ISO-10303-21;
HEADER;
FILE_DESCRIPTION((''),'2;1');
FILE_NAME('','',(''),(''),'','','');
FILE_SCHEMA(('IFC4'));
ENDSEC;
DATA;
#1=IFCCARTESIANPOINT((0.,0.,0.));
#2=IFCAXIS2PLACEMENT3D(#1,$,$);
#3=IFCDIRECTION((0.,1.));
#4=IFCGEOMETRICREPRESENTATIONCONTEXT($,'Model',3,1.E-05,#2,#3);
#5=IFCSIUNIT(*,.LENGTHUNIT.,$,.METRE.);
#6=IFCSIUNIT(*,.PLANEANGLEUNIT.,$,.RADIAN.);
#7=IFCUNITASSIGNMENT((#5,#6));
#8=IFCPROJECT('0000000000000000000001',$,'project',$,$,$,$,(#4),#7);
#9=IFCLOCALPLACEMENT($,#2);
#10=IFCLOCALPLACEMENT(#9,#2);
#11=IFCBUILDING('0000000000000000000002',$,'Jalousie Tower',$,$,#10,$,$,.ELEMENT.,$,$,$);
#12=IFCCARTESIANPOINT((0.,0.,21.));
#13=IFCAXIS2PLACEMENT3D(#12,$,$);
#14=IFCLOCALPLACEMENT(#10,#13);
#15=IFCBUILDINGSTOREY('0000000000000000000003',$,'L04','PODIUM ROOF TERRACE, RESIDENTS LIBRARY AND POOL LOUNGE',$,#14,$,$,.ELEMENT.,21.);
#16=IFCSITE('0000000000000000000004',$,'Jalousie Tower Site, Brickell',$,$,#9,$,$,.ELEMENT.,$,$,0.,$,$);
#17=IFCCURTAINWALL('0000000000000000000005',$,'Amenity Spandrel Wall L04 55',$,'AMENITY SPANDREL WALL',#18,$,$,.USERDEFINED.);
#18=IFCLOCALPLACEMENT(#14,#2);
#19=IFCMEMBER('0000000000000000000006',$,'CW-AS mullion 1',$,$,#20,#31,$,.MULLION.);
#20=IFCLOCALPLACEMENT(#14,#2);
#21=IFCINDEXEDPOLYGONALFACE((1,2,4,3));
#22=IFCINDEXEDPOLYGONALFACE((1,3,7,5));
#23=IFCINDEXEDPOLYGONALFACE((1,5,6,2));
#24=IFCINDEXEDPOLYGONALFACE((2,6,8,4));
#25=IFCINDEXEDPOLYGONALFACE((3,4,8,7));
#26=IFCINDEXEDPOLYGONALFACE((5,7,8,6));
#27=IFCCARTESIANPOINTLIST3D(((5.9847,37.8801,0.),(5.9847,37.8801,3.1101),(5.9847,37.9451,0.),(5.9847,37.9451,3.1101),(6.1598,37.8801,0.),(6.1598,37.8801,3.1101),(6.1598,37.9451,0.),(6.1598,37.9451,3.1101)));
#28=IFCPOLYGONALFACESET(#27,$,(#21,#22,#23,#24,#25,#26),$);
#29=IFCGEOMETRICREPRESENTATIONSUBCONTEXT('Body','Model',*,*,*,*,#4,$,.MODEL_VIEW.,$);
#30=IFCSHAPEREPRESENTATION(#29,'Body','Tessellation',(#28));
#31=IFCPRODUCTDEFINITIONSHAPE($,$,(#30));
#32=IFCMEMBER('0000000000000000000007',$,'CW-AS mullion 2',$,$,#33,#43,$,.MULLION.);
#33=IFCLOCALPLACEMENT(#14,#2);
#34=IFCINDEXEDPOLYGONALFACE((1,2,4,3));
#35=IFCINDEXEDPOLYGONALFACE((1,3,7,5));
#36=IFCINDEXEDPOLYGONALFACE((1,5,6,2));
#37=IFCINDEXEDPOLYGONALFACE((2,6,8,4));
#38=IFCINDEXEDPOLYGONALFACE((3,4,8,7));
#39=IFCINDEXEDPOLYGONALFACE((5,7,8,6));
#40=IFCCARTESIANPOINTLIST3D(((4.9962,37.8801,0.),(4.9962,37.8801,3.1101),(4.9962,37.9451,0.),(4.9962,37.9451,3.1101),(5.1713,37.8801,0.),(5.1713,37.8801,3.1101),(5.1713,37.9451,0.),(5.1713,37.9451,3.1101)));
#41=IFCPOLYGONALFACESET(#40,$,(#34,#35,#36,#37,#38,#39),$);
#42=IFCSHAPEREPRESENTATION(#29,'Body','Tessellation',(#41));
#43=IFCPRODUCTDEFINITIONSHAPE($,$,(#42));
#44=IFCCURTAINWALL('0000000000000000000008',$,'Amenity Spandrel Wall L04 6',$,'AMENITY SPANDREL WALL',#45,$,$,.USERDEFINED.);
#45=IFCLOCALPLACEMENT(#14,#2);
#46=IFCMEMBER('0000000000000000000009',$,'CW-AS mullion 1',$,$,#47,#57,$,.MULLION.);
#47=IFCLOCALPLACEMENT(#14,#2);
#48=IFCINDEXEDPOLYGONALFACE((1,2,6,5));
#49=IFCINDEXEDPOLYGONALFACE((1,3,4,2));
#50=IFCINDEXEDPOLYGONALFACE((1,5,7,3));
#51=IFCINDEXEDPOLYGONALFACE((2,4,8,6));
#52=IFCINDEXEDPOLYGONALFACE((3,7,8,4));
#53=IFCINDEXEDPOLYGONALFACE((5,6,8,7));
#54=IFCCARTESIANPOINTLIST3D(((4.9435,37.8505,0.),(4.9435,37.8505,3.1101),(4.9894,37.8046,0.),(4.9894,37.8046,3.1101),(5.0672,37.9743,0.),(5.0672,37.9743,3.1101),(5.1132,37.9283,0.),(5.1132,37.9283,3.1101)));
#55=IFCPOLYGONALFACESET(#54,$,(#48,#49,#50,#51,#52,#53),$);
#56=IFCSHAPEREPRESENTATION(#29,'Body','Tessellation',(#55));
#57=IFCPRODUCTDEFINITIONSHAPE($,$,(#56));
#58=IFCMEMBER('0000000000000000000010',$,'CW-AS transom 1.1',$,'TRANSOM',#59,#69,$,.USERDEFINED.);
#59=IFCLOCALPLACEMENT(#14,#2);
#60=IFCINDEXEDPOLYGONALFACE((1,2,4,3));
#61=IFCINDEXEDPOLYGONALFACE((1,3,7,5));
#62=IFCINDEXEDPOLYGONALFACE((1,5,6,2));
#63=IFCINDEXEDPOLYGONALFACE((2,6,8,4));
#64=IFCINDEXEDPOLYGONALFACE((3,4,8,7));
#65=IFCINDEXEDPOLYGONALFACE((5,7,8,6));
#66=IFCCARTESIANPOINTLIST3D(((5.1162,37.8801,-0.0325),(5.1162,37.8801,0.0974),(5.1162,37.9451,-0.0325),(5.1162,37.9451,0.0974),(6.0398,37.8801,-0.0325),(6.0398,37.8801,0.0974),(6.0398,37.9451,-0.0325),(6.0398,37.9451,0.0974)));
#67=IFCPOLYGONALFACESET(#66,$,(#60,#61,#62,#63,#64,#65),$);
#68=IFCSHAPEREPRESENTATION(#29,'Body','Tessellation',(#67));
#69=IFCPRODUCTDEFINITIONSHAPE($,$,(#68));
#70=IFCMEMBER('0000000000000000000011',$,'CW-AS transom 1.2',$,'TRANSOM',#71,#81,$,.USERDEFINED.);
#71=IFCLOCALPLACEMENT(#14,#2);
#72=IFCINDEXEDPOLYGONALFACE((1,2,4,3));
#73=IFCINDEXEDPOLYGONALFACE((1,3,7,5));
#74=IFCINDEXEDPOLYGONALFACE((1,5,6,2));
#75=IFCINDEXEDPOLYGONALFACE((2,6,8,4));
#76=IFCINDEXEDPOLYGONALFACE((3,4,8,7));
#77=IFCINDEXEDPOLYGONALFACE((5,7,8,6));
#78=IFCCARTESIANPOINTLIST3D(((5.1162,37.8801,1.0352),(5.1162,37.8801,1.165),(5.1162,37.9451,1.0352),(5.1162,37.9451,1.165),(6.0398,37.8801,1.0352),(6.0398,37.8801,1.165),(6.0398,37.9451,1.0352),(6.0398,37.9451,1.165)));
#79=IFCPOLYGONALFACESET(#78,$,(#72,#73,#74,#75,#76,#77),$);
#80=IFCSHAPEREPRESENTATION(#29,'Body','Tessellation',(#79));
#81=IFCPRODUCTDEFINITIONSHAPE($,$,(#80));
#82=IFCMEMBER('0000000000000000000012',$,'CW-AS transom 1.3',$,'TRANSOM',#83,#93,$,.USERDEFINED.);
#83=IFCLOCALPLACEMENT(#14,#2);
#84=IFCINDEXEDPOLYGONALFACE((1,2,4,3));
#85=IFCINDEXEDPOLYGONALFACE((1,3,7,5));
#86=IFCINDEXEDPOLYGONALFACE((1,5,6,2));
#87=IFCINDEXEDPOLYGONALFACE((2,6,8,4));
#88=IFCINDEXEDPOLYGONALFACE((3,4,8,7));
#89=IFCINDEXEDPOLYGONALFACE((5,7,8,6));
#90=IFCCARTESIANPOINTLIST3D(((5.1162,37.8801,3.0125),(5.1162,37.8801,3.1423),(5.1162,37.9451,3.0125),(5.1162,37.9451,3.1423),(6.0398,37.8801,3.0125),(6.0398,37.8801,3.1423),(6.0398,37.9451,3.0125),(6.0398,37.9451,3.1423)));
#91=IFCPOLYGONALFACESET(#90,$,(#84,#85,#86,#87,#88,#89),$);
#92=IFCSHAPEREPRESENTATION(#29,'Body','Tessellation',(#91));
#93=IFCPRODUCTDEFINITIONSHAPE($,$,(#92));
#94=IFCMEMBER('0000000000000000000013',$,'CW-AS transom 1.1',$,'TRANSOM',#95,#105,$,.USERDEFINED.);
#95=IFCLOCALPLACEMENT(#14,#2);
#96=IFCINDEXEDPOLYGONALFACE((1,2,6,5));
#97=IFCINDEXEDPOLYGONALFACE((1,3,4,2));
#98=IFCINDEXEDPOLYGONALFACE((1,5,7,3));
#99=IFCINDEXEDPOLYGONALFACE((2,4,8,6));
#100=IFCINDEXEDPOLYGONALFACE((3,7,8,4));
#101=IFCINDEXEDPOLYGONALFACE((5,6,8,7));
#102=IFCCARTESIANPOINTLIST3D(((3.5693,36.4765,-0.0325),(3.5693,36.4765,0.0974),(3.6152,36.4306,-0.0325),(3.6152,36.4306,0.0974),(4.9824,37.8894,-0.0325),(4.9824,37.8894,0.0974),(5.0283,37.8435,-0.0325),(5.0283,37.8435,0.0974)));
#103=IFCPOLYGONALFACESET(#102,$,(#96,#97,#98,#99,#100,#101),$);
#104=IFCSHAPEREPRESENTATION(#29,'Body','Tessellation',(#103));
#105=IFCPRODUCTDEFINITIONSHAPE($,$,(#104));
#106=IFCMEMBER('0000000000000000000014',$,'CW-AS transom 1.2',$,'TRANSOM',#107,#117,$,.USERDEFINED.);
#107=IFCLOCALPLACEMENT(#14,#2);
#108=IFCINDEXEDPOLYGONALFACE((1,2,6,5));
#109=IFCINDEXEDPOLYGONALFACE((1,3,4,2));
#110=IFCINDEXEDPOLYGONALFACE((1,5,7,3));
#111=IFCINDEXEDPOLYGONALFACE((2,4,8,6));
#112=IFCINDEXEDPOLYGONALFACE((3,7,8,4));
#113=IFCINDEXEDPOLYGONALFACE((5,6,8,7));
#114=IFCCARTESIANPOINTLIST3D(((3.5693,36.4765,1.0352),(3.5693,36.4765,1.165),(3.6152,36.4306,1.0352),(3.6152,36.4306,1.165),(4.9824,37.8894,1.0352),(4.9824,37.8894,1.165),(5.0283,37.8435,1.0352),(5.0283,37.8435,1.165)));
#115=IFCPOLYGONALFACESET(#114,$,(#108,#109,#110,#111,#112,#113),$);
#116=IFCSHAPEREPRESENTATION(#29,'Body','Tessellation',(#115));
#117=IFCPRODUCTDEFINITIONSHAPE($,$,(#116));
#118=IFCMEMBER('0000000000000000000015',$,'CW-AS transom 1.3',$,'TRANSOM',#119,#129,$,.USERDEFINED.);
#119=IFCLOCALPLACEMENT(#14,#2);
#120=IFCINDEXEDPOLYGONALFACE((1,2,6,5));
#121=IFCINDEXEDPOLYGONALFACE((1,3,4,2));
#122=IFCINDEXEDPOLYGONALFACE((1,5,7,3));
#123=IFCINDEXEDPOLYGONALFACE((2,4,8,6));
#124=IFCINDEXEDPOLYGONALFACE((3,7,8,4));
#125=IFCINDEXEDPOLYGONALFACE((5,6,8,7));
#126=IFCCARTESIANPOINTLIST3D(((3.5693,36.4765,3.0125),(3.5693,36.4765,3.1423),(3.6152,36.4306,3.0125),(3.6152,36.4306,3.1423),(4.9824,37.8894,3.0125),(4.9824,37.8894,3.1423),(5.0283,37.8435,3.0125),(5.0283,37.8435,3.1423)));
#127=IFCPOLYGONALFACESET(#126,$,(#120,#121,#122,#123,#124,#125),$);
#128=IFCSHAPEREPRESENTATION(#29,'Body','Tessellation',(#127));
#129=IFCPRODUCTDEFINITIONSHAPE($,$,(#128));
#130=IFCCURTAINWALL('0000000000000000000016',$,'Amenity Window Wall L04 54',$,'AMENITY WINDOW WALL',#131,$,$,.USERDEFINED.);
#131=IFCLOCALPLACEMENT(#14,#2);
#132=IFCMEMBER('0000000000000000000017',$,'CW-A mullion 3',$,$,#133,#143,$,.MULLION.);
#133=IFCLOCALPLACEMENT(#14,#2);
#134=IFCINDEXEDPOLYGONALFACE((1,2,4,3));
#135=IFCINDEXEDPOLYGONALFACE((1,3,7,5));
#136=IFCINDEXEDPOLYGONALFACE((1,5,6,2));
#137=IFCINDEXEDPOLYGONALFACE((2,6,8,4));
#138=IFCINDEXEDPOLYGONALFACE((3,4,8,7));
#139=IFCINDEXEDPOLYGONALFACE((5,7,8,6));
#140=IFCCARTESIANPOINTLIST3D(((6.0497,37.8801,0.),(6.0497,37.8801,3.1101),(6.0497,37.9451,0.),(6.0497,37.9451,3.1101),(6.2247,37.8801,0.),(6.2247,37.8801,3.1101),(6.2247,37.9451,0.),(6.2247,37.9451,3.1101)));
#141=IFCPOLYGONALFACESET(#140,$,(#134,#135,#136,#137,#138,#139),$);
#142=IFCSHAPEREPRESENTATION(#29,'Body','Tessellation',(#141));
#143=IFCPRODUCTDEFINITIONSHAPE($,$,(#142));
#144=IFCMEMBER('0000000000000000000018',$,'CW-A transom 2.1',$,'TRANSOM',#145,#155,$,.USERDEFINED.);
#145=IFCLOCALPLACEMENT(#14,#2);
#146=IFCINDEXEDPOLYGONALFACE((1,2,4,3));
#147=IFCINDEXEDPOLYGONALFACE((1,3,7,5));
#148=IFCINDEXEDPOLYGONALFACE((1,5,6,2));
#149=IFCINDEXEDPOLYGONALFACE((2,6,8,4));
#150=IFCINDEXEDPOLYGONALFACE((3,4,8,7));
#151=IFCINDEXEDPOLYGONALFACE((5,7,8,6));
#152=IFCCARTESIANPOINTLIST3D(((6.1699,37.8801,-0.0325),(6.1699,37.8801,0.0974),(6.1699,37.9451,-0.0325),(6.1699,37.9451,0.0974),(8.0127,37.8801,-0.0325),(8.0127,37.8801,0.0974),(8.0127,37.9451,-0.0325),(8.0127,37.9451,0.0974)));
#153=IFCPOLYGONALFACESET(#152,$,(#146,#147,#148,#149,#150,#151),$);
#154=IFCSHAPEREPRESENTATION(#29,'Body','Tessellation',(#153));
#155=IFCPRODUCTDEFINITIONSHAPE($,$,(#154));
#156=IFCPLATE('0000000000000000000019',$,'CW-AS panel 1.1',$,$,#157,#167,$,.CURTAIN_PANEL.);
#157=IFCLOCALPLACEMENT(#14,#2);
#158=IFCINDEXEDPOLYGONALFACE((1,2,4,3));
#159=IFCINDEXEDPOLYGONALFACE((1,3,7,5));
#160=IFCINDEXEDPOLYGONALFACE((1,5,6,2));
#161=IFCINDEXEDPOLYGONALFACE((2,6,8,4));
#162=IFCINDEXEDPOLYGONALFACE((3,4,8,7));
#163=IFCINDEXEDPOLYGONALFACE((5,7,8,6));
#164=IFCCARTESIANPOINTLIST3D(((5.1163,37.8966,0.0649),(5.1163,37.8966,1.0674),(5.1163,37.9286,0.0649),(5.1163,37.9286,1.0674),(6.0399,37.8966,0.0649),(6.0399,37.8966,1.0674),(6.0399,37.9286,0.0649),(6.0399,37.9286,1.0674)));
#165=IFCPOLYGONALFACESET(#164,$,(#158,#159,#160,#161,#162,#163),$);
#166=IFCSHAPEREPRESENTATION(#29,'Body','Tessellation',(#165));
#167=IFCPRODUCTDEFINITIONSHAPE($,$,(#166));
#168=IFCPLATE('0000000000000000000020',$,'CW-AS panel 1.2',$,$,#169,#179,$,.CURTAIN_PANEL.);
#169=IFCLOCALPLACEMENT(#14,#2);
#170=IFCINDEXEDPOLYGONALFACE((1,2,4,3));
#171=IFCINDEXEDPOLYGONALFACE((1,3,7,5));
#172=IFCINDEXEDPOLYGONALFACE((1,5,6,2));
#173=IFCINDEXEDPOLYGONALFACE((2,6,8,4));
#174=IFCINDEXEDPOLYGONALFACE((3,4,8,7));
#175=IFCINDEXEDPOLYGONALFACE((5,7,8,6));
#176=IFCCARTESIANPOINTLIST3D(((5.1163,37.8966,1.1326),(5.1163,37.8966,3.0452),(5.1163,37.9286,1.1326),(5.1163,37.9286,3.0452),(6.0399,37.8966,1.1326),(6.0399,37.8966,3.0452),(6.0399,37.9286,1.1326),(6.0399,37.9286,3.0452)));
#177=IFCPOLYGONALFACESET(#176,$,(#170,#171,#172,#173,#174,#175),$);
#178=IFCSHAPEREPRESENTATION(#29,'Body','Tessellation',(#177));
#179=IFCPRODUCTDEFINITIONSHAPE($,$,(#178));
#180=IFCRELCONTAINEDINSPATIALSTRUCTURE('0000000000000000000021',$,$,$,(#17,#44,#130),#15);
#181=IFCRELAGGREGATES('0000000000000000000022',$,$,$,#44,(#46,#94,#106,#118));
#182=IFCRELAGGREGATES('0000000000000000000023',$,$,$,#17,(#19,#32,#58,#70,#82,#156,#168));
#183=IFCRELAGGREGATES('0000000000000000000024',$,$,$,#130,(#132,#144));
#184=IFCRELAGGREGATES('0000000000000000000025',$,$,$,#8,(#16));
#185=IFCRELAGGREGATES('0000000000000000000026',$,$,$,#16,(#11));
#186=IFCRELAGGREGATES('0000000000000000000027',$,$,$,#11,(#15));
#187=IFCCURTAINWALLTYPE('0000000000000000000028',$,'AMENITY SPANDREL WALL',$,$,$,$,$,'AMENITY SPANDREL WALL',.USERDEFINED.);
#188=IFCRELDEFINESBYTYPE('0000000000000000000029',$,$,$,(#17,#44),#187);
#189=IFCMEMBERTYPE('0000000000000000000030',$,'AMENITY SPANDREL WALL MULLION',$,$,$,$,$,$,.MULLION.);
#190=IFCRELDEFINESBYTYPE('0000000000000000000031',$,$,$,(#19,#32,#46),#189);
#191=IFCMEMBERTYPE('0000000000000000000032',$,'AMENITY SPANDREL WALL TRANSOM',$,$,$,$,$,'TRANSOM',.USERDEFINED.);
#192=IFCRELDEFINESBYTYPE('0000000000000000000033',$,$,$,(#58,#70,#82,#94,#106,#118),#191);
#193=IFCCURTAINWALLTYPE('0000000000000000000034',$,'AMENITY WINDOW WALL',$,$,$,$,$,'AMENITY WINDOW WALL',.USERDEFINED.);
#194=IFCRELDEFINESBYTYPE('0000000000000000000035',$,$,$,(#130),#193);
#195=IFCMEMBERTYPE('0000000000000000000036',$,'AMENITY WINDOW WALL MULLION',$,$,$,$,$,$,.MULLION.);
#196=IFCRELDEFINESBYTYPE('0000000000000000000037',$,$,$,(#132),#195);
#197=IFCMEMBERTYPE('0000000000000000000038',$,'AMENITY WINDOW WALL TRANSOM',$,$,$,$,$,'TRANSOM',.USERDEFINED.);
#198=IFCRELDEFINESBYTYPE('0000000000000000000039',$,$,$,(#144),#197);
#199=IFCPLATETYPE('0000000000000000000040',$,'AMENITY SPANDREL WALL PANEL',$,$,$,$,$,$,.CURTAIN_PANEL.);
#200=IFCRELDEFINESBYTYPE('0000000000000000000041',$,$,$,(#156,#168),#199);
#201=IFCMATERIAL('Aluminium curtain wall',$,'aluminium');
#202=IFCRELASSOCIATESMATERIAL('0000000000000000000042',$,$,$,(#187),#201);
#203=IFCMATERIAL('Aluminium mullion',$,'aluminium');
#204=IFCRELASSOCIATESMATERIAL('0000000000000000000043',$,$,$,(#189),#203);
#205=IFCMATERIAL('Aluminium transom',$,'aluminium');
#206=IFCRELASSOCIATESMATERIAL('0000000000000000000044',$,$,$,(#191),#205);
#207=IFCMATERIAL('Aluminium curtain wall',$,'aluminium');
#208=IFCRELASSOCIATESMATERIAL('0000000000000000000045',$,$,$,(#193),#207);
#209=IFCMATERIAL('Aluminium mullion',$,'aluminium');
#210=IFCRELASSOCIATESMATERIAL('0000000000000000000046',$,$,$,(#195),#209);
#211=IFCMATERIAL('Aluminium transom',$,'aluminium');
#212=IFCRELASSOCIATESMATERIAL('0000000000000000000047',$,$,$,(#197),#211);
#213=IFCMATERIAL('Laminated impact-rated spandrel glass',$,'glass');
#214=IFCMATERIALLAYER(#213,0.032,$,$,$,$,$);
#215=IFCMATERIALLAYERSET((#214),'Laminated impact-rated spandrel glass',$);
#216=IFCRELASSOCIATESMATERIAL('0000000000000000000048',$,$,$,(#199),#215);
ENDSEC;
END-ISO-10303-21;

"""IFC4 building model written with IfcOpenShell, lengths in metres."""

from ifc_helpers import new_model, si_unit, direction, frame, origin, origin_2d, place, context, subcontext, project, spatial, rectangle, extrude, material, layer, layer_set, material_profile, profile_set, type_object, element, aggregate, save


model = new_model("IFC4")

# Units and contexts
model_context = context("Model", 3, precision=1e-05, world=origin(), true_north=direction((0.0, 1.0)))
body_context = subcontext(model_context, "Body", "Model", "MODEL_VIEW")
ifc_project = project(units=[si_unit("LENGTHUNIT", "METRE"), si_unit("PLANEANGLEUNIT", "RADIAN")], contexts=[model_context])

# Site, building, storey
site_placement = place(None, origin())
site = spatial("IfcSite", under=ifc_project, at=site_placement, Name="Jalousie Tower Site, Brickell", CompositionType="ELEMENT", RefElevation=0.0)
building_placement = place(site_placement, origin())
building = spatial("IfcBuilding", under=site, at=building_placement, Name="Jalousie Tower", CompositionType="ELEMENT")
storey_placement = place(building_placement, frame((0.0, 0.0, 21.0)))
storey = spatial("IfcBuildingStorey", under=building, at=storey_placement, Name="L04", Description="PODIUM ROOF TERRACE, RESIDENTS LIBRARY AND POOL LOUNGE", CompositionType="ELEMENT", Elevation=21.0)

# Curtain wall, members
ifc_material_1 = material(Name="Aluminium curtain wall", Category="aluminium")
curtain_wall_type_1 = type_object("IfcCurtainWallType", Name="AMENITY SPANDREL WALL", ElementType="AMENITY SPANDREL WALL", PredefinedType="USERDEFINED", material=ifc_material_1)
curtain_wall_1_placement = place(storey_placement, origin())
curtain_wall_1 = element("IfcCurtainWall", 1, at=curtain_wall_1_placement, inside=storey, type_object=curtain_wall_type_1, Name="Amenity Spandrel Wall L04 55", ObjectType="AMENITY SPANDREL WALL", PredefinedType="USERDEFINED")
ifc_material_2 = material(Name="Aluminium mullion", Category="aluminium")
ifc_material_profile_1 = material_profile(ifc_material_2, rectangle(XDim=0.0649, YDim=0.175, at=origin_2d()), Name="MULLION 65x175")
ifc_profile_set_1 = profile_set([ifc_material_profile_1], Name="Aluminium mullion")
member_type_1 = type_object("IfcMemberType", Name="AMENITY SPANDREL WALL MULLION", PredefinedType="MULLION", material=ifc_profile_set_1)
member_1_placement = place(storey_placement, frame((6.0723, 37.9126, 0.0), z_axis=(0.0, 0.0, 1.0), x_axis=(0.0, -1.0, 0.0)))
member_1 = element("IfcMember", 2, at=member_1_placement, type_object=member_type_1, Name="CW-AS mullion 1", PredefinedType="MULLION", context=body_context, shape_type="SweptSolid", body=[
    extrude(rectangle(XDim=0.0649, YDim=0.175, at=origin_2d()), origin(), (0.0, 0.0, 1.0), 3.1101),
])
member_2_placement = place(storey_placement, frame((5.0837, 37.9126, 0.0), z_axis=(0.0, 0.0, 1.0), x_axis=(0.0, -1.0, 0.0)))
member_2 = element("IfcMember", 3, at=member_2_placement, type_object=member_type_1, Name="CW-AS mullion 2", PredefinedType="MULLION", context=body_context, shape_type="SweptSolid", body=[
    extrude(rectangle(XDim=0.0649, YDim=0.175, at=origin_2d()), origin(), (0.0, 0.0, 1.0), 3.1101),
])

# Curtain wall, member
curtain_wall_2_placement = place(storey_placement, origin())
curtain_wall_2 = element("IfcCurtainWall", 4, at=curtain_wall_2_placement, inside=storey, type_object=curtain_wall_type_1, Name="Amenity Spandrel Wall L04 6", ObjectType="AMENITY SPANDREL WALL", PredefinedType="USERDEFINED")
member_3_placement = place(storey_placement, frame((5.0283, 37.8894, 0.0), z_axis=(0.0, 0.0, 1.0), x_axis=(0.707107, -0.707107, 0.0)))
member_3 = element("IfcMember", 5, at=member_3_placement, type_object=member_type_1, Name="CW-AS mullion 1", PredefinedType="MULLION", context=body_context, shape_type="SweptSolid", body=[
    extrude(rectangle(XDim=0.0649, YDim=0.175, at=origin_2d()), origin(), (0.0, 0.0, 1.0), 3.1101),
])

# Members
ifc_material_3 = material(Name="Aluminium transom", Category="aluminium")
ifc_material_profile_2 = material_profile(ifc_material_3, rectangle(XDim=0.0649, YDim=0.1299, at=origin_2d()), Name="TRANSOM 65x130")
ifc_profile_set_2 = profile_set([ifc_material_profile_2], Name="Aluminium transom")
member_type_2 = type_object("IfcMemberType", Name="AMENITY SPANDREL WALL TRANSOM", ElementType="TRANSOM", PredefinedType="USERDEFINED", material=ifc_profile_set_2)
member_4_placement = place(storey_placement, frame((6.0398, 37.9126, 0.0325), z_axis=(-1.0, 0.0, 0.0), x_axis=(0.0, -1.0, 0.0)))
member_4 = element("IfcMember", 6, at=member_4_placement, type_object=member_type_2, Name="CW-AS transom 1.1", ObjectType="TRANSOM", PredefinedType="USERDEFINED", context=body_context, shape_type="SweptSolid", body=[
    extrude(rectangle(XDim=0.0649, YDim=0.1299, at=origin_2d()), origin(), (0.0, 0.0, 1.0), 0.9236),
])
member_5_placement = place(storey_placement, frame((6.0398, 37.9126, 1.1001), z_axis=(-1.0, 0.0, 0.0), x_axis=(0.0, -1.0, 0.0)))
member_5 = element("IfcMember", 7, at=member_5_placement, type_object=member_type_2, Name="CW-AS transom 1.2", ObjectType="TRANSOM", PredefinedType="USERDEFINED", context=body_context, shape_type="SweptSolid", body=[
    extrude(rectangle(XDim=0.0649, YDim=0.1299, at=origin_2d()), origin(), (0.0, 0.0, 1.0), 0.9236),
])
member_6_placement = place(storey_placement, frame((6.0398, 37.9126, 3.0774), z_axis=(-1.0, 0.0, 0.0), x_axis=(0.0, -1.0, 0.0)))
member_6 = element("IfcMember", 8, at=member_6_placement, type_object=member_type_2, Name="CW-AS transom 1.3", ObjectType="TRANSOM", PredefinedType="USERDEFINED", context=body_context, shape_type="SweptSolid", body=[
    extrude(rectangle(XDim=0.0649, YDim=0.1299, at=origin_2d()), origin(), (0.0, 0.0, 1.0), 0.9236),
])
member_7_placement = place(storey_placement, frame((5.0054, 37.8665, 0.0325), z_axis=(-0.707168, -0.707046, 0.0), x_axis=(0.707046, -0.707168, 0.0)))
member_7 = element("IfcMember", 9, at=member_7_placement, type_object=member_type_2, Name="CW-AS transom 1.1", ObjectType="TRANSOM", PredefinedType="USERDEFINED", context=body_context, shape_type="SweptSolid", body=[
    extrude(rectangle(XDim=0.0649, YDim=0.1299, at=origin_2d()), origin(), (0.0, 0.0, 1.0), 1.9983),
])
member_8_placement = place(storey_placement, frame((5.0054, 37.8665, 1.1001), z_axis=(-0.707168, -0.707046, 0.0), x_axis=(0.707046, -0.707168, 0.0)))
member_8 = element("IfcMember", 10, at=member_8_placement, type_object=member_type_2, Name="CW-AS transom 1.2", ObjectType="TRANSOM", PredefinedType="USERDEFINED", context=body_context, shape_type="SweptSolid", body=[
    extrude(rectangle(XDim=0.0649, YDim=0.1299, at=origin_2d()), origin(), (0.0, 0.0, 1.0), 1.9983),
])
member_9_placement = place(storey_placement, frame((5.0054, 37.8665, 3.0774), z_axis=(-0.707168, -0.707046, 0.0), x_axis=(0.707046, -0.707168, 0.0)))
member_9 = element("IfcMember", 11, at=member_9_placement, type_object=member_type_2, Name="CW-AS transom 1.3", ObjectType="TRANSOM", PredefinedType="USERDEFINED", context=body_context, shape_type="SweptSolid", body=[
    extrude(rectangle(XDim=0.0649, YDim=0.1299, at=origin_2d()), origin(), (0.0, 0.0, 1.0), 1.9983),
])
aggregate(curtain_wall_2, [member_3, member_7, member_8, member_9])

# Curtain wall, members
ifc_material_4 = material(Name="Aluminium curtain wall", Category="aluminium")
curtain_wall_type_2 = type_object("IfcCurtainWallType", Name="AMENITY WINDOW WALL", ElementType="AMENITY WINDOW WALL", PredefinedType="USERDEFINED", material=ifc_material_4)
curtain_wall_3_placement = place(storey_placement, origin())
curtain_wall_3 = element("IfcCurtainWall", 12, at=curtain_wall_3_placement, inside=storey, type_object=curtain_wall_type_2, Name="Amenity Window Wall L04 54", ObjectType="AMENITY WINDOW WALL", PredefinedType="USERDEFINED")
ifc_material_5 = material(Name="Aluminium mullion", Category="aluminium")
ifc_material_profile_3 = material_profile(ifc_material_5, rectangle(XDim=0.0649, YDim=0.175, at=origin_2d()), Name="MULLION 65x175")
ifc_profile_set_3 = profile_set([ifc_material_profile_3], Name="Aluminium mullion")
member_type_3 = type_object("IfcMemberType", Name="AMENITY WINDOW WALL MULLION", PredefinedType="MULLION", material=ifc_profile_set_3)
member_10_placement = place(storey_placement, frame((6.1372, 37.9126, 0.0), z_axis=(0.0, 0.0, 1.0), x_axis=(0.0, -1.0, 0.0)))
member_10 = element("IfcMember", 13, at=member_10_placement, type_object=member_type_3, Name="CW-A mullion 3", PredefinedType="MULLION", context=body_context, shape_type="SweptSolid", body=[
    extrude(rectangle(XDim=0.0649, YDim=0.175, at=origin_2d()), origin(), (0.0, 0.0, 1.0), 3.1101),
])
ifc_material_6 = material(Name="Aluminium transom", Category="aluminium")
ifc_material_profile_4 = material_profile(ifc_material_6, rectangle(XDim=0.0649, YDim=0.1299, at=origin_2d()), Name="TRANSOM 65x130")
ifc_profile_set_4 = profile_set([ifc_material_profile_4], Name="Aluminium transom")
member_type_4 = type_object("IfcMemberType", Name="AMENITY WINDOW WALL TRANSOM", ElementType="TRANSOM", PredefinedType="USERDEFINED", material=ifc_profile_set_4)
member_11_placement = place(storey_placement, frame((8.0127, 37.9126, 0.0325), z_axis=(-1.0, 0.0, 0.0), x_axis=(0.0, -1.0, 0.0)))
member_11 = element("IfcMember", 14, at=member_11_placement, type_object=member_type_4, Name="CW-A transom 2.1", ObjectType="TRANSOM", PredefinedType="USERDEFINED", context=body_context, shape_type="SweptSolid", body=[
    extrude(rectangle(XDim=0.0649, YDim=0.1299, at=origin_2d()), origin(), (0.0, 0.0, 1.0), 1.8428),
])

# Plates
ifc_material_7 = material(Name="Laminated impact-rated spandrel glass", Category="glass")
ifc_layer_1 = layer(ifc_material_7, 0.032)
ifc_layer_set_1 = layer_set([ifc_layer_1], Name="Laminated impact-rated spandrel glass")
plate_type_1 = type_object("IfcPlateType", Name="AMENITY SPANDREL WALL PANEL", PredefinedType="CURTAIN_PANEL", material=ifc_layer_set_1)
plate_1_placement = place(storey_placement, frame((5.5781, 37.9126, 0.0649), z_axis=(0.0, 0.0, 1.0), x_axis=(-1.0, 0.0, 0.0)))
plate_1 = element("IfcPlate", 15, at=plate_1_placement, type_object=plate_type_1, Name="CW-AS panel 1.1", PredefinedType="CURTAIN_PANEL", context=body_context, shape_type="SweptSolid", body=[
    extrude(rectangle(XDim=0.9236, YDim=0.032, at=origin_2d()), origin(), (0.0, 0.0, 1.0), 1.0024),
])
plate_2_placement = place(storey_placement, frame((5.5781, 37.9126, 1.1326), z_axis=(0.0, 0.0, 1.0), x_axis=(-1.0, 0.0, 0.0)))
plate_2 = element("IfcPlate", 16, at=plate_2_placement, type_object=plate_type_1, Name="CW-AS panel 1.2", PredefinedType="CURTAIN_PANEL", context=body_context, shape_type="SweptSolid", body=[
    extrude(rectangle(XDim=0.9236, YDim=0.032, at=origin_2d()), origin(), (0.0, 0.0, 1.0), 1.9126),
])
aggregate(curtain_wall_1, [member_1, member_2, member_4, member_5, member_6, plate_1, plate_2])
aggregate(curtain_wall_3, [member_10, member_11])

save(model, "model.ifc")
